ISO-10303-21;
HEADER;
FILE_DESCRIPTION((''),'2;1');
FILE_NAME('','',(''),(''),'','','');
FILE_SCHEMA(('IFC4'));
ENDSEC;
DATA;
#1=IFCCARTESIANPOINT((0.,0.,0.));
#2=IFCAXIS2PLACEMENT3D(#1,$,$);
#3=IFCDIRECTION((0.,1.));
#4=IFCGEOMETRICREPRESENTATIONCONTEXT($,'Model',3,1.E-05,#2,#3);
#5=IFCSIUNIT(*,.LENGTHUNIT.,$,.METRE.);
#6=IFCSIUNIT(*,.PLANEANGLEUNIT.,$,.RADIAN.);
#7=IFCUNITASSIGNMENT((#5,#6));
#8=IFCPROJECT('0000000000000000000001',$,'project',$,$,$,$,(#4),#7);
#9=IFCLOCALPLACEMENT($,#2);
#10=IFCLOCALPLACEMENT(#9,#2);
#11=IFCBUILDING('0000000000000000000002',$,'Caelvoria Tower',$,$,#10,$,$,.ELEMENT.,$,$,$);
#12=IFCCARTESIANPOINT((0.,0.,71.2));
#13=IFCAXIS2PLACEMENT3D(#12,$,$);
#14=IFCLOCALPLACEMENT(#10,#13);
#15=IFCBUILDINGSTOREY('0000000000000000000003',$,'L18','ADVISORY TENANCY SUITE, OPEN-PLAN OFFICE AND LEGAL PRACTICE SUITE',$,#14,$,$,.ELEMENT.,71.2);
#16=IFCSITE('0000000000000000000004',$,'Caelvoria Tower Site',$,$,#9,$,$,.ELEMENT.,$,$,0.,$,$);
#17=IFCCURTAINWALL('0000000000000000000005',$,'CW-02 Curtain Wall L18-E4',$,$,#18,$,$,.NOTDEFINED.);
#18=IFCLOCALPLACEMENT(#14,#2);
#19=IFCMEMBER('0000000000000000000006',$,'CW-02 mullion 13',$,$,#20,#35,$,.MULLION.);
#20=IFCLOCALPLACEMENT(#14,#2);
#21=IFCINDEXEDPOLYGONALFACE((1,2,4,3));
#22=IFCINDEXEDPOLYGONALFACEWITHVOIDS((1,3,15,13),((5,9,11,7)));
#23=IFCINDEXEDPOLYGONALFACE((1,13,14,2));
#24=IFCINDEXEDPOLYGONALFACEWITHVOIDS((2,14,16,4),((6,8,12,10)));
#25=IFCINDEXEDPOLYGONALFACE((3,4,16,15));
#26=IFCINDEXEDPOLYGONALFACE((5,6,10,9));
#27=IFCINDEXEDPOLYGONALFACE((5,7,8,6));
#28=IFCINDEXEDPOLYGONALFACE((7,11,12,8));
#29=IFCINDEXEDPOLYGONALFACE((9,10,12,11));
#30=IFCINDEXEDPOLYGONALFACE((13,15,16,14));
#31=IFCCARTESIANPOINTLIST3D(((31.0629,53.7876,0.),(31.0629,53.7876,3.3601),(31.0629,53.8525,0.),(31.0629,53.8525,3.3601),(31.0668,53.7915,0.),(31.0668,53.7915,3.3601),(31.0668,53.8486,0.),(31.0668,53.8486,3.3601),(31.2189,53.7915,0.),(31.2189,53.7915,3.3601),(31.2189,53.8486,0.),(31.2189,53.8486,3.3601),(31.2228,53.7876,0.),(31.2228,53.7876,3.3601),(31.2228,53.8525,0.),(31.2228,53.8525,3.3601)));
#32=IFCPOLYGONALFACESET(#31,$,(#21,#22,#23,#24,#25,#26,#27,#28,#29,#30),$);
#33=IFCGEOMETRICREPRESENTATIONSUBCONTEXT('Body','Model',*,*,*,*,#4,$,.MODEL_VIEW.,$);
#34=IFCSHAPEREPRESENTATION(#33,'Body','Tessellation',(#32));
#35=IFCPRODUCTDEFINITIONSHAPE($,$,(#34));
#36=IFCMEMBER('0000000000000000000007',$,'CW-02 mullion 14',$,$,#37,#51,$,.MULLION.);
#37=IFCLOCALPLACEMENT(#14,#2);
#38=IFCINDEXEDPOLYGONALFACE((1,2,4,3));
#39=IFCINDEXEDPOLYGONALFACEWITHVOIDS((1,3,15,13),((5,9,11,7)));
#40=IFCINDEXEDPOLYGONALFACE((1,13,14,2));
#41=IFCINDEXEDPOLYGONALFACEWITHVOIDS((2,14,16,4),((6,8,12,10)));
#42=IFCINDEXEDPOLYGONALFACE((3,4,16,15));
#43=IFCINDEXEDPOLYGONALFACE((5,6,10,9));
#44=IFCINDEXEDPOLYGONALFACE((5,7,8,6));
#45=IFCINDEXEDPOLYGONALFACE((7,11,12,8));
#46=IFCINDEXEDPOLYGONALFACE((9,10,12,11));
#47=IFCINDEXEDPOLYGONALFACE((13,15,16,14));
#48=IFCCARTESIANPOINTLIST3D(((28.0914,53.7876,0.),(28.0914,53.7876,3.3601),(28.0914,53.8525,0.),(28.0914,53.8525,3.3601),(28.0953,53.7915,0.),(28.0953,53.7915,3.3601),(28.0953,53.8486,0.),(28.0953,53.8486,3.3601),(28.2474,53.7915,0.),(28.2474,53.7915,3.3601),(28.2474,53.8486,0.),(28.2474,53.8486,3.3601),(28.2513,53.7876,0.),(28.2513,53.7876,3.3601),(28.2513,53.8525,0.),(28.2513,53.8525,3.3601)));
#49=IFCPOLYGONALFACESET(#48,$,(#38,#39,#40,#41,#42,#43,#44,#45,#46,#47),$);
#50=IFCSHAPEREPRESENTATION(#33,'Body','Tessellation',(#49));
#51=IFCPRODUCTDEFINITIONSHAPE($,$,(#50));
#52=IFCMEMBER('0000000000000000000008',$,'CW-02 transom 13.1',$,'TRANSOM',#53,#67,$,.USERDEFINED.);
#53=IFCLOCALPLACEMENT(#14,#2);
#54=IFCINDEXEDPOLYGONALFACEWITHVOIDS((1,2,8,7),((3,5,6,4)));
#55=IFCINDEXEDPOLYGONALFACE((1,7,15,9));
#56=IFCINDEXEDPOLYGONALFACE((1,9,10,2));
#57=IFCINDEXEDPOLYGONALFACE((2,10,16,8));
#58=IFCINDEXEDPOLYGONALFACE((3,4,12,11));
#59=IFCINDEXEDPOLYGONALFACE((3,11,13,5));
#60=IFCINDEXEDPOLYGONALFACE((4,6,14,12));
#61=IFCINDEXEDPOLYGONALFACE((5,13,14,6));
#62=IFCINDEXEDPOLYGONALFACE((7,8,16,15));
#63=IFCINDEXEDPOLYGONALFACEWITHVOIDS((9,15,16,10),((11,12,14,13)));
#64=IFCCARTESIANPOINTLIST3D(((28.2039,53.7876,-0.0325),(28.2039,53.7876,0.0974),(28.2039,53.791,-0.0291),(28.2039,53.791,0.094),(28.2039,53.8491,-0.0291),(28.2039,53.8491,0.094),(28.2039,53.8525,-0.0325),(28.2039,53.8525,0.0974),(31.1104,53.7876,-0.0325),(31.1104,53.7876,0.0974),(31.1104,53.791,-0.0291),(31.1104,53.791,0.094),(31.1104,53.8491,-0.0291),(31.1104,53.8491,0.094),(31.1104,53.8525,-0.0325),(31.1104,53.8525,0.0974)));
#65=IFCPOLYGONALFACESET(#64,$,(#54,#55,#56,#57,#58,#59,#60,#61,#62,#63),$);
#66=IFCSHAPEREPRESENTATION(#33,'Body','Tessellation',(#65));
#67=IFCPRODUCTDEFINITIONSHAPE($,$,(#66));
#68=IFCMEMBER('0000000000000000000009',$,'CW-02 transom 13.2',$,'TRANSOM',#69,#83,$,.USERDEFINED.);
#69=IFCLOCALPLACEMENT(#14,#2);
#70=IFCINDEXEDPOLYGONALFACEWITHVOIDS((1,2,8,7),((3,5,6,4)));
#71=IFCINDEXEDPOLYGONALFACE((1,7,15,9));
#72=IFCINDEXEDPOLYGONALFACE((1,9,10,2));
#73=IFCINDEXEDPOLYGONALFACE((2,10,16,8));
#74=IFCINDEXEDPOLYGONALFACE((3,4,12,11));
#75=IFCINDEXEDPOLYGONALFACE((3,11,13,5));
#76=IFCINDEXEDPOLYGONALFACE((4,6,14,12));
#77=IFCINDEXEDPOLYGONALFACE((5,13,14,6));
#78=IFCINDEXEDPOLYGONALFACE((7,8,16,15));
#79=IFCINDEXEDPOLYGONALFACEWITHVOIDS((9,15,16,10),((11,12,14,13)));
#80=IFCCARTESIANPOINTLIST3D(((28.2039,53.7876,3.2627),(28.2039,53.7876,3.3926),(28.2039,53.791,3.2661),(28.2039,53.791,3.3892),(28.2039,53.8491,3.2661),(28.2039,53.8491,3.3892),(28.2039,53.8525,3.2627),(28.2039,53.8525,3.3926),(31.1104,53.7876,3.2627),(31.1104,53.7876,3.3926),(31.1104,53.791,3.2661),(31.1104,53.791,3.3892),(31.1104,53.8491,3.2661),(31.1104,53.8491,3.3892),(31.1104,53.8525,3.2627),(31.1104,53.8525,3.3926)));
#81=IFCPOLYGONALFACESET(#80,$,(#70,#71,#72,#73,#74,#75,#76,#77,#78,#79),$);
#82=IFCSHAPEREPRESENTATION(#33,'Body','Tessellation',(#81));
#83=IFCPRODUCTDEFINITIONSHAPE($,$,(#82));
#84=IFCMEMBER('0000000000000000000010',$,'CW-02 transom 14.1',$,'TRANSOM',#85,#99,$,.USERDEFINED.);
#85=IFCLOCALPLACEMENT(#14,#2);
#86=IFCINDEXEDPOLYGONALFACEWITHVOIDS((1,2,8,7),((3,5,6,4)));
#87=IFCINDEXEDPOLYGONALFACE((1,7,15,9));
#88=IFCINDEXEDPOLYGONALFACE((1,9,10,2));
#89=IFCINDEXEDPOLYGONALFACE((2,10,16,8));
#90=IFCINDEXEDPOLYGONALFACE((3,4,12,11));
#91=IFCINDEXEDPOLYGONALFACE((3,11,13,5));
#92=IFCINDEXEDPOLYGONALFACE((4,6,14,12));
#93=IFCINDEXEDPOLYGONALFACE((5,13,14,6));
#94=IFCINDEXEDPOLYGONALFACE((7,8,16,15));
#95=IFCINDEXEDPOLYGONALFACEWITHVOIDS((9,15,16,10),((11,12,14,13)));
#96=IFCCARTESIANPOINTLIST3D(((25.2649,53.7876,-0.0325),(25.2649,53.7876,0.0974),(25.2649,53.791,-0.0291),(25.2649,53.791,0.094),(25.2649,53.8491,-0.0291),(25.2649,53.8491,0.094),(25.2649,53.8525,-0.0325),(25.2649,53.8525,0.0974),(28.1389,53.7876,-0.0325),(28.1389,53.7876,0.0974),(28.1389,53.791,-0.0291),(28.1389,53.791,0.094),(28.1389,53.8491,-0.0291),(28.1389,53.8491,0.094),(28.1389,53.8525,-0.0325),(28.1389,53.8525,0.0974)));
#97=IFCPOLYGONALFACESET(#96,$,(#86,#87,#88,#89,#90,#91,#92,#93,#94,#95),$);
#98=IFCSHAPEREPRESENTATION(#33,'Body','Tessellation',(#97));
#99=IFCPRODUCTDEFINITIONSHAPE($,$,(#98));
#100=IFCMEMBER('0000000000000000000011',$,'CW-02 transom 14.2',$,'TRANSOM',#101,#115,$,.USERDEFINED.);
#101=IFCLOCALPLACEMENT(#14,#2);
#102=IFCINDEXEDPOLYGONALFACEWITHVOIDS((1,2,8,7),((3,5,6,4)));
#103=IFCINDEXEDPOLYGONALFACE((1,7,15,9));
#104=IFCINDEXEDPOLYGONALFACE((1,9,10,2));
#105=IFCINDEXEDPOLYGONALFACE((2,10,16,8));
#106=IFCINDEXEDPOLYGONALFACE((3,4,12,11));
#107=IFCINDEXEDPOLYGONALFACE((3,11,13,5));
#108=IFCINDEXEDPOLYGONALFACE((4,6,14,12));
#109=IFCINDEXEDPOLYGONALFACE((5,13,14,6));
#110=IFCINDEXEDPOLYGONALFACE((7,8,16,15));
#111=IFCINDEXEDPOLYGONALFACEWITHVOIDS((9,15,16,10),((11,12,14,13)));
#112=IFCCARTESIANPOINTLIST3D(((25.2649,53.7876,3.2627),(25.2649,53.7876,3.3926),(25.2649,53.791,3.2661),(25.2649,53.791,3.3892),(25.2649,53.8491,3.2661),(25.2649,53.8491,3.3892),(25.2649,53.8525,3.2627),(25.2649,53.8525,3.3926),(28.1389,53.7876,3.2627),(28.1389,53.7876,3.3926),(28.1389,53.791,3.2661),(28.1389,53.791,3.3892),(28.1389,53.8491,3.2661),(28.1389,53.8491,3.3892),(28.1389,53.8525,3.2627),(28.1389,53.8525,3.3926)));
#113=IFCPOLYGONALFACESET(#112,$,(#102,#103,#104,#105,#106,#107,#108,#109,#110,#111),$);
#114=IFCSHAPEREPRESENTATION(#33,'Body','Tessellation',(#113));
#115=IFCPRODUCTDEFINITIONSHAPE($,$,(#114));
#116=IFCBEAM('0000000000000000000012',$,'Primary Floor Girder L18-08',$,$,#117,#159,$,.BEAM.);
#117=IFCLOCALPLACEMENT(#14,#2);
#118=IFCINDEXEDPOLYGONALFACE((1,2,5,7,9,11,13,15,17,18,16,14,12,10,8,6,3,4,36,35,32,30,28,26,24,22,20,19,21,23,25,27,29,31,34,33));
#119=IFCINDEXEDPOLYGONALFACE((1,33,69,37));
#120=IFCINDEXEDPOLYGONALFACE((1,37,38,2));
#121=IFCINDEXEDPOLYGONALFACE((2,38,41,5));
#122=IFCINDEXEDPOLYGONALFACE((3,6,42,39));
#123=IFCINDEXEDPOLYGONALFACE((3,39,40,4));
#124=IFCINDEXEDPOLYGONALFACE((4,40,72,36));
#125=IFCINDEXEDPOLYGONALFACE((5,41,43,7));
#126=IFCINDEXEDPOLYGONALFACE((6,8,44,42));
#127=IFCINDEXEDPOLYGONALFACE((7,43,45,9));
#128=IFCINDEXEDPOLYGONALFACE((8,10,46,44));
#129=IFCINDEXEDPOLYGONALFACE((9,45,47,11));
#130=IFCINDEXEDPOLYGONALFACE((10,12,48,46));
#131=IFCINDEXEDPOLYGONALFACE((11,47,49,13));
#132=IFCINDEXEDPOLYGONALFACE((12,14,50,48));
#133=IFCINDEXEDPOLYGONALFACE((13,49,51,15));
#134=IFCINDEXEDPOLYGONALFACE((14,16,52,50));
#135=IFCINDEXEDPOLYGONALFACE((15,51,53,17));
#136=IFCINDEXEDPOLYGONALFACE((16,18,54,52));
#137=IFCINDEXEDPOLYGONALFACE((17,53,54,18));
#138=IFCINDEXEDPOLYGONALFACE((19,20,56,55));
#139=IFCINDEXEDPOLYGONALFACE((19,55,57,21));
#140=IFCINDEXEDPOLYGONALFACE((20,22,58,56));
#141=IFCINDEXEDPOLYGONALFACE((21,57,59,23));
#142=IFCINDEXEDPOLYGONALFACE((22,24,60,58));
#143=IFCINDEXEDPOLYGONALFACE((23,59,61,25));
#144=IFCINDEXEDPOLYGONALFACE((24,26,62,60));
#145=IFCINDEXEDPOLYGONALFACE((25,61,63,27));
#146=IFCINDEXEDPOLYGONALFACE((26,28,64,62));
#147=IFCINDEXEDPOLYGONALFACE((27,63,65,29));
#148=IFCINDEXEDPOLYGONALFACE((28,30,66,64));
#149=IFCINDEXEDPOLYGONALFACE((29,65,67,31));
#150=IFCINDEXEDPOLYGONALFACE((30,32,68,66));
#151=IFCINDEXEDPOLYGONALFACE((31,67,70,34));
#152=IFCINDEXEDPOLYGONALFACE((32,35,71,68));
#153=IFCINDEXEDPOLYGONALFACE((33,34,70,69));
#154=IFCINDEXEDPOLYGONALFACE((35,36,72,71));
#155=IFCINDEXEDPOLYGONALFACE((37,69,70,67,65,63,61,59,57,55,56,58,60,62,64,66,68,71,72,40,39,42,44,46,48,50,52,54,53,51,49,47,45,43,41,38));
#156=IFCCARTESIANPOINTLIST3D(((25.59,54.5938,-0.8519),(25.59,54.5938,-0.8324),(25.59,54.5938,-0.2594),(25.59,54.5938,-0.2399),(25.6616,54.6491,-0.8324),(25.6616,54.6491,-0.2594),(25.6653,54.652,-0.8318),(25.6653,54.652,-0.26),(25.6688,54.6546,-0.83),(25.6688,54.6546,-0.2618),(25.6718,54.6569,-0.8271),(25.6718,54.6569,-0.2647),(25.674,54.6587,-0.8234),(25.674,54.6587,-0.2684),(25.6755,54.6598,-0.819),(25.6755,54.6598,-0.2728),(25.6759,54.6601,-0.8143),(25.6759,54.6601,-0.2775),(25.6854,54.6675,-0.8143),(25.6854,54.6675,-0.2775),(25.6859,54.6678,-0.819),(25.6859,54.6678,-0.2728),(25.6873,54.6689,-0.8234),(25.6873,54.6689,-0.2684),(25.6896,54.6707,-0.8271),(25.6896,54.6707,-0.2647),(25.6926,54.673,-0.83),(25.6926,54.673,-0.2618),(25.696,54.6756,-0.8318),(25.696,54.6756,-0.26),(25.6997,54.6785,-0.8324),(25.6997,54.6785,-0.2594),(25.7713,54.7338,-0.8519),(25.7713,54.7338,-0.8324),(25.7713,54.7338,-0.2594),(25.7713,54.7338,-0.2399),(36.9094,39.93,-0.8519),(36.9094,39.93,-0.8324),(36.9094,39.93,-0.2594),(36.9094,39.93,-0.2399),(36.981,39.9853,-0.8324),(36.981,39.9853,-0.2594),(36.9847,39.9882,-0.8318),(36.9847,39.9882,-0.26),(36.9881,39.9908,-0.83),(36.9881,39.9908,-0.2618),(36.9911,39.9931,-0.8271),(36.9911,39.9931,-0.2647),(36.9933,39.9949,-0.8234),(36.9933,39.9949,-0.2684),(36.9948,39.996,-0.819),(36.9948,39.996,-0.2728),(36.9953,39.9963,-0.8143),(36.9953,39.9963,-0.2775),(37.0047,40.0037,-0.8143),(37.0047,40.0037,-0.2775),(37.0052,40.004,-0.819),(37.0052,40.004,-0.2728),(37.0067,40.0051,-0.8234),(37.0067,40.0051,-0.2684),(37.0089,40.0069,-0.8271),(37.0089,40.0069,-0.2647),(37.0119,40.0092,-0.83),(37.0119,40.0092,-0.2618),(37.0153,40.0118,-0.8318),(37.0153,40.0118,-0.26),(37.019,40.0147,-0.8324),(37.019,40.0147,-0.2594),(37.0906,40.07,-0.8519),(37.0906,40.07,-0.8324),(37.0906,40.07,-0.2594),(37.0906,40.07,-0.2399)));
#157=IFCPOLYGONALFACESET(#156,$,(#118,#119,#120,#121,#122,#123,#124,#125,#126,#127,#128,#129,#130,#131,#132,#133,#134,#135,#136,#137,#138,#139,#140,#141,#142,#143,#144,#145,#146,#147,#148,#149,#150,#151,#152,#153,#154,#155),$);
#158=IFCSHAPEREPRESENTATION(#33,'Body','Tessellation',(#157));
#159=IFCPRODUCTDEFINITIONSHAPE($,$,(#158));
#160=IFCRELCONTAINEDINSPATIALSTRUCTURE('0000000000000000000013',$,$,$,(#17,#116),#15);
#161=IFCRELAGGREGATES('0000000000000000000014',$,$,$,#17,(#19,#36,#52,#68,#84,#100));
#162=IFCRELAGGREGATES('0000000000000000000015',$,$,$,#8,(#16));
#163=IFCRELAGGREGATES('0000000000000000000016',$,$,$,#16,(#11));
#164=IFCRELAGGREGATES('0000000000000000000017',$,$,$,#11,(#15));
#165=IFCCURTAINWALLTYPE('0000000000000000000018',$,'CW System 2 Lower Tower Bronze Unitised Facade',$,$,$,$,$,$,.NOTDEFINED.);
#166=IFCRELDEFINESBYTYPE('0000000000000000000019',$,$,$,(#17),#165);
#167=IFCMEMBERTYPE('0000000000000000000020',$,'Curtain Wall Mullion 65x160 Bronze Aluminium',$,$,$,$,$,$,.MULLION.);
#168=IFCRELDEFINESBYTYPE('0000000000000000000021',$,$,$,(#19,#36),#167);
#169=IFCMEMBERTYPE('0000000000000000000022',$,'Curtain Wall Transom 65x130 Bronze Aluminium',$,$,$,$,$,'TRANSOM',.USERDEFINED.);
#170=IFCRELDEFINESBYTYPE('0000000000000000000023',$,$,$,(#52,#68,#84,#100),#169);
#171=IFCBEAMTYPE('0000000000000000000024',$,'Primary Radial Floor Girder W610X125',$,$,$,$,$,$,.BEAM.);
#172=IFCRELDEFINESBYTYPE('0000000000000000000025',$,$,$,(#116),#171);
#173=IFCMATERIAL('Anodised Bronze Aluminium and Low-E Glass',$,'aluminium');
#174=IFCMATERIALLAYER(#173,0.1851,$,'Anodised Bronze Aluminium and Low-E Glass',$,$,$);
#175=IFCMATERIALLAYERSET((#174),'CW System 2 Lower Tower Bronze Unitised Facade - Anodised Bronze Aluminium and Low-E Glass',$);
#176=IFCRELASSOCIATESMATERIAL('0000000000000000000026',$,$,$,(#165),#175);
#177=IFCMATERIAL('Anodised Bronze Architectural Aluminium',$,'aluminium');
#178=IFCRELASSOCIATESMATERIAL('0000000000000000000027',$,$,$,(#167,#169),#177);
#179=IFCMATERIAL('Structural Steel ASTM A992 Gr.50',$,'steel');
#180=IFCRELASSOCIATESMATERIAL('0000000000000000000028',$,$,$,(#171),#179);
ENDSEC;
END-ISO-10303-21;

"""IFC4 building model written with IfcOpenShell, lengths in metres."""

from ifc_helpers import new_model, si_unit, direction, frame, origin, origin_2d, place, context, subcontext, project, spatial, hollow_rectangle, i_section, extrude, material, layer, layer_set, material_profile, profile_set, type_object, element, aggregate, save


model = new_model("IFC4")

# Units and contexts
model_context = context("Model", 3, precision=1e-05, world=origin(), true_north=direction((0.0, 1.0)))
body_context = subcontext(model_context, "Body", "Model", "MODEL_VIEW")
ifc_project = project(units=[si_unit("LENGTHUNIT", "METRE"), si_unit("PLANEANGLEUNIT", "RADIAN")], contexts=[model_context])

# Site, building, storey
site_placement = place(None, origin())
site = spatial("IfcSite", under=ifc_project, at=site_placement, Name="Caelvoria Tower Site", CompositionType="ELEMENT", RefElevation=0.0)
building_placement = place(site_placement, origin())
building = spatial("IfcBuilding", under=site, at=building_placement, Name="Caelvoria Tower", CompositionType="ELEMENT")
storey_placement = place(building_placement, frame((0.0, 0.0, 71.2)))
storey = spatial("IfcBuildingStorey", under=building, at=storey_placement, Name="L18", Description="ADVISORY TENANCY SUITE, OPEN-PLAN OFFICE AND LEGAL PRACTICE SUITE", CompositionType="ELEMENT", Elevation=71.2)

# Curtain wall, members
ifc_material_1 = material(Name="Anodised Bronze Aluminium and Low-E Glass", Category="aluminium")
ifc_layer_1 = layer(ifc_material_1, 0.1851, Name="Anodised Bronze Aluminium and Low-E Glass")
ifc_layer_set_1 = layer_set([ifc_layer_1], Name="CW System 2 Lower Tower Bronze Unitised Facade - Anodised Bronze Aluminium and Low-E Glass")
curtain_wall_type = type_object("IfcCurtainWallType", Name="CW System 2 Lower Tower Bronze Unitised Facade", PredefinedType="NOTDEFINED", material=ifc_layer_set_1)
curtain_wall_placement = place(storey_placement, origin())
curtain_wall = element("IfcCurtainWall", 1, at=curtain_wall_placement, inside=storey, type_object=curtain_wall_type, Name="CW-02 Curtain Wall L18-E4", PredefinedType="NOTDEFINED")
ifc_material_2 = material(Name="Anodised Bronze Architectural Aluminium", Category="aluminium")
ifc_material_profile_1 = material_profile(ifc_material_2, hollow_rectangle(XDim=0.0649, YDim=0.1599, WallThickness=0.0039, at=origin_2d()), Name="Anodised Bronze Architectural Aluminium")
ifc_profile_set_1 = profile_set([ifc_material_profile_1], Name="CW_MULL_65X160 - Anodised Bronze Architectural Aluminium")
member_type_1 = type_object("IfcMemberType", Name="Curtain Wall Mullion 65x160 Bronze Aluminium", PredefinedType="MULLION", material=ifc_profile_set_1)
member_1_placement = place(storey_placement, frame((31.1428, 53.8201, 0.0), z_axis=(0.0, 0.0, 1.0), x_axis=(0.0, -1.0, 0.0)))
member_1 = element("IfcMember", 2, at=member_1_placement, type_object=member_type_1, Name="CW-02 mullion 13", PredefinedType="MULLION", context=body_context, shape_type="SweptSolid", body=[
    extrude(hollow_rectangle(XDim=0.0649, YDim=0.1599, WallThickness=0.0039, at=origin_2d()), origin(), (0.0, 0.0, 1.0), 3.3601),
])
member_2_placement = place(storey_placement, frame((28.1714, 53.8201, 0.0), z_axis=(0.0, 0.0, 1.0), x_axis=(0.0, -1.0, 0.0)))
member_2 = element("IfcMember", 3, at=member_2_placement, type_object=member_type_1, Name="CW-02 mullion 14", PredefinedType="MULLION", context=body_context, shape_type="SweptSolid", body=[
    extrude(hollow_rectangle(XDim=0.0649, YDim=0.1599, WallThickness=0.0039, at=origin_2d()), origin(), (0.0, 0.0, 1.0), 3.3601),
])
ifc_material_profile_2 = material_profile(ifc_material_2, hollow_rectangle(XDim=0.0649, YDim=0.1299, WallThickness=0.0034, at=origin_2d()), Name="Anodised Bronze Architectural Aluminium")
ifc_profile_set_2 = profile_set([ifc_material_profile_2], Name="CW_TRAN_65X130 - Anodised Bronze Architectural Aluminium")
member_type_2 = type_object("IfcMemberType", Name="Curtain Wall Transom 65x130 Bronze Aluminium", ElementType="TRANSOM", PredefinedType="USERDEFINED", material=ifc_profile_set_2)
member_3_placement = place(storey_placement, frame((31.1104, 53.8201, 0.0325), z_axis=(-1.0, 0.0, 0.0), x_axis=(0.0, -1.0, 0.0)))
member_3 = element("IfcMember", 4, at=member_3_placement, type_object=member_type_2, Name="CW-02 transom 13.1", ObjectType="TRANSOM", PredefinedType="USERDEFINED", context=body_context, shape_type="SweptSolid", body=[
    extrude(hollow_rectangle(XDim=0.0649, YDim=0.1299, WallThickness=0.0034, at=origin_2d()), origin(), (0.0, 0.0, 1.0), 2.9065),
])
member_4_placement = place(storey_placement, frame((31.1104, 53.8201, 3.3276), z_axis=(-1.0, 0.0, 0.0), x_axis=(0.0, -1.0, 0.0)))
member_4 = element("IfcMember", 5, at=member_4_placement, type_object=member_type_2, Name="CW-02 transom 13.2", ObjectType="TRANSOM", PredefinedType="USERDEFINED", context=body_context, shape_type="SweptSolid", body=[
    extrude(hollow_rectangle(XDim=0.0649, YDim=0.1299, WallThickness=0.0034, at=origin_2d()), origin(), (0.0, 0.0, 1.0), 2.9065),
])
member_5_placement = place(storey_placement, frame((28.1389, 53.8201, 0.0325), z_axis=(-1.0, 0.0, 0.0), x_axis=(0.0, -1.0, 0.0)))
member_5 = element("IfcMember", 6, at=member_5_placement, type_object=member_type_2, Name="CW-02 transom 14.1", ObjectType="TRANSOM", PredefinedType="USERDEFINED", context=body_context, shape_type="SweptSolid", body=[
    extrude(hollow_rectangle(XDim=0.0649, YDim=0.1299, WallThickness=0.0034, at=origin_2d()), origin(), (0.0, 0.0, 1.0), 2.874),
])
member_6_placement = place(storey_placement, frame((28.1389, 53.8201, 3.3276), z_axis=(-1.0, 0.0, 0.0), x_axis=(0.0, -1.0, 0.0)))
member_6 = element("IfcMember", 7, at=member_6_placement, type_object=member_type_2, Name="CW-02 transom 14.2", ObjectType="TRANSOM", PredefinedType="USERDEFINED", context=body_context, shape_type="SweptSolid", body=[
    extrude(hollow_rectangle(XDim=0.0649, YDim=0.1299, WallThickness=0.0034, at=origin_2d()), origin(), (0.0, 0.0, 1.0), 2.874),
])

# Beam
ifc_material_3 = material(Name="Structural Steel ASTM A992 Gr.50", Category="steel")
ifc_material_profile_3 = material_profile(ifc_material_3, i_section(OverallWidth=0.229, OverallDepth=0.6121, WebThickness=0.012, FlangeThickness=0.0195, FilletRadius=0.0181, at=origin_2d()), Name="Structural Steel ASTM A992 Gr.50")
ifc_profile_set_3 = profile_set([ifc_material_profile_3], Name="W610X125 - Structural Steel ASTM A992 Gr.50")
beam_type_1 = type_object("IfcBeamType", Name="Primary Radial Floor Girder W610X125", PredefinedType="BEAM", material=ifc_profile_set_3)
beam_1_placement = place(storey_placement, frame((37.0, 40.0, -0.5459), z_axis=(-0.611049, 0.791593, 0.0), x_axis=(-0.791593, -0.611049, 0.0)))
element("IfcBeam", 8, at=beam_1_placement, inside=storey, type_object=beam_type_1, Name="Primary Floor Girder L18-08", PredefinedType="BEAM", context=body_context, shape_type="SweptSolid", body=[
    extrude(i_section(OverallWidth=0.229, OverallDepth=0.6121, WebThickness=0.012, FlangeThickness=0.0195, FilletRadius=0.0181, at=origin_2d()), origin(), (0.0, 0.0, 1.0), 18.5244),
])

aggregate(curtain_wall, [member_1, member_2, member_3, member_4, member_5, member_6])

save(model, "model.ifc")
